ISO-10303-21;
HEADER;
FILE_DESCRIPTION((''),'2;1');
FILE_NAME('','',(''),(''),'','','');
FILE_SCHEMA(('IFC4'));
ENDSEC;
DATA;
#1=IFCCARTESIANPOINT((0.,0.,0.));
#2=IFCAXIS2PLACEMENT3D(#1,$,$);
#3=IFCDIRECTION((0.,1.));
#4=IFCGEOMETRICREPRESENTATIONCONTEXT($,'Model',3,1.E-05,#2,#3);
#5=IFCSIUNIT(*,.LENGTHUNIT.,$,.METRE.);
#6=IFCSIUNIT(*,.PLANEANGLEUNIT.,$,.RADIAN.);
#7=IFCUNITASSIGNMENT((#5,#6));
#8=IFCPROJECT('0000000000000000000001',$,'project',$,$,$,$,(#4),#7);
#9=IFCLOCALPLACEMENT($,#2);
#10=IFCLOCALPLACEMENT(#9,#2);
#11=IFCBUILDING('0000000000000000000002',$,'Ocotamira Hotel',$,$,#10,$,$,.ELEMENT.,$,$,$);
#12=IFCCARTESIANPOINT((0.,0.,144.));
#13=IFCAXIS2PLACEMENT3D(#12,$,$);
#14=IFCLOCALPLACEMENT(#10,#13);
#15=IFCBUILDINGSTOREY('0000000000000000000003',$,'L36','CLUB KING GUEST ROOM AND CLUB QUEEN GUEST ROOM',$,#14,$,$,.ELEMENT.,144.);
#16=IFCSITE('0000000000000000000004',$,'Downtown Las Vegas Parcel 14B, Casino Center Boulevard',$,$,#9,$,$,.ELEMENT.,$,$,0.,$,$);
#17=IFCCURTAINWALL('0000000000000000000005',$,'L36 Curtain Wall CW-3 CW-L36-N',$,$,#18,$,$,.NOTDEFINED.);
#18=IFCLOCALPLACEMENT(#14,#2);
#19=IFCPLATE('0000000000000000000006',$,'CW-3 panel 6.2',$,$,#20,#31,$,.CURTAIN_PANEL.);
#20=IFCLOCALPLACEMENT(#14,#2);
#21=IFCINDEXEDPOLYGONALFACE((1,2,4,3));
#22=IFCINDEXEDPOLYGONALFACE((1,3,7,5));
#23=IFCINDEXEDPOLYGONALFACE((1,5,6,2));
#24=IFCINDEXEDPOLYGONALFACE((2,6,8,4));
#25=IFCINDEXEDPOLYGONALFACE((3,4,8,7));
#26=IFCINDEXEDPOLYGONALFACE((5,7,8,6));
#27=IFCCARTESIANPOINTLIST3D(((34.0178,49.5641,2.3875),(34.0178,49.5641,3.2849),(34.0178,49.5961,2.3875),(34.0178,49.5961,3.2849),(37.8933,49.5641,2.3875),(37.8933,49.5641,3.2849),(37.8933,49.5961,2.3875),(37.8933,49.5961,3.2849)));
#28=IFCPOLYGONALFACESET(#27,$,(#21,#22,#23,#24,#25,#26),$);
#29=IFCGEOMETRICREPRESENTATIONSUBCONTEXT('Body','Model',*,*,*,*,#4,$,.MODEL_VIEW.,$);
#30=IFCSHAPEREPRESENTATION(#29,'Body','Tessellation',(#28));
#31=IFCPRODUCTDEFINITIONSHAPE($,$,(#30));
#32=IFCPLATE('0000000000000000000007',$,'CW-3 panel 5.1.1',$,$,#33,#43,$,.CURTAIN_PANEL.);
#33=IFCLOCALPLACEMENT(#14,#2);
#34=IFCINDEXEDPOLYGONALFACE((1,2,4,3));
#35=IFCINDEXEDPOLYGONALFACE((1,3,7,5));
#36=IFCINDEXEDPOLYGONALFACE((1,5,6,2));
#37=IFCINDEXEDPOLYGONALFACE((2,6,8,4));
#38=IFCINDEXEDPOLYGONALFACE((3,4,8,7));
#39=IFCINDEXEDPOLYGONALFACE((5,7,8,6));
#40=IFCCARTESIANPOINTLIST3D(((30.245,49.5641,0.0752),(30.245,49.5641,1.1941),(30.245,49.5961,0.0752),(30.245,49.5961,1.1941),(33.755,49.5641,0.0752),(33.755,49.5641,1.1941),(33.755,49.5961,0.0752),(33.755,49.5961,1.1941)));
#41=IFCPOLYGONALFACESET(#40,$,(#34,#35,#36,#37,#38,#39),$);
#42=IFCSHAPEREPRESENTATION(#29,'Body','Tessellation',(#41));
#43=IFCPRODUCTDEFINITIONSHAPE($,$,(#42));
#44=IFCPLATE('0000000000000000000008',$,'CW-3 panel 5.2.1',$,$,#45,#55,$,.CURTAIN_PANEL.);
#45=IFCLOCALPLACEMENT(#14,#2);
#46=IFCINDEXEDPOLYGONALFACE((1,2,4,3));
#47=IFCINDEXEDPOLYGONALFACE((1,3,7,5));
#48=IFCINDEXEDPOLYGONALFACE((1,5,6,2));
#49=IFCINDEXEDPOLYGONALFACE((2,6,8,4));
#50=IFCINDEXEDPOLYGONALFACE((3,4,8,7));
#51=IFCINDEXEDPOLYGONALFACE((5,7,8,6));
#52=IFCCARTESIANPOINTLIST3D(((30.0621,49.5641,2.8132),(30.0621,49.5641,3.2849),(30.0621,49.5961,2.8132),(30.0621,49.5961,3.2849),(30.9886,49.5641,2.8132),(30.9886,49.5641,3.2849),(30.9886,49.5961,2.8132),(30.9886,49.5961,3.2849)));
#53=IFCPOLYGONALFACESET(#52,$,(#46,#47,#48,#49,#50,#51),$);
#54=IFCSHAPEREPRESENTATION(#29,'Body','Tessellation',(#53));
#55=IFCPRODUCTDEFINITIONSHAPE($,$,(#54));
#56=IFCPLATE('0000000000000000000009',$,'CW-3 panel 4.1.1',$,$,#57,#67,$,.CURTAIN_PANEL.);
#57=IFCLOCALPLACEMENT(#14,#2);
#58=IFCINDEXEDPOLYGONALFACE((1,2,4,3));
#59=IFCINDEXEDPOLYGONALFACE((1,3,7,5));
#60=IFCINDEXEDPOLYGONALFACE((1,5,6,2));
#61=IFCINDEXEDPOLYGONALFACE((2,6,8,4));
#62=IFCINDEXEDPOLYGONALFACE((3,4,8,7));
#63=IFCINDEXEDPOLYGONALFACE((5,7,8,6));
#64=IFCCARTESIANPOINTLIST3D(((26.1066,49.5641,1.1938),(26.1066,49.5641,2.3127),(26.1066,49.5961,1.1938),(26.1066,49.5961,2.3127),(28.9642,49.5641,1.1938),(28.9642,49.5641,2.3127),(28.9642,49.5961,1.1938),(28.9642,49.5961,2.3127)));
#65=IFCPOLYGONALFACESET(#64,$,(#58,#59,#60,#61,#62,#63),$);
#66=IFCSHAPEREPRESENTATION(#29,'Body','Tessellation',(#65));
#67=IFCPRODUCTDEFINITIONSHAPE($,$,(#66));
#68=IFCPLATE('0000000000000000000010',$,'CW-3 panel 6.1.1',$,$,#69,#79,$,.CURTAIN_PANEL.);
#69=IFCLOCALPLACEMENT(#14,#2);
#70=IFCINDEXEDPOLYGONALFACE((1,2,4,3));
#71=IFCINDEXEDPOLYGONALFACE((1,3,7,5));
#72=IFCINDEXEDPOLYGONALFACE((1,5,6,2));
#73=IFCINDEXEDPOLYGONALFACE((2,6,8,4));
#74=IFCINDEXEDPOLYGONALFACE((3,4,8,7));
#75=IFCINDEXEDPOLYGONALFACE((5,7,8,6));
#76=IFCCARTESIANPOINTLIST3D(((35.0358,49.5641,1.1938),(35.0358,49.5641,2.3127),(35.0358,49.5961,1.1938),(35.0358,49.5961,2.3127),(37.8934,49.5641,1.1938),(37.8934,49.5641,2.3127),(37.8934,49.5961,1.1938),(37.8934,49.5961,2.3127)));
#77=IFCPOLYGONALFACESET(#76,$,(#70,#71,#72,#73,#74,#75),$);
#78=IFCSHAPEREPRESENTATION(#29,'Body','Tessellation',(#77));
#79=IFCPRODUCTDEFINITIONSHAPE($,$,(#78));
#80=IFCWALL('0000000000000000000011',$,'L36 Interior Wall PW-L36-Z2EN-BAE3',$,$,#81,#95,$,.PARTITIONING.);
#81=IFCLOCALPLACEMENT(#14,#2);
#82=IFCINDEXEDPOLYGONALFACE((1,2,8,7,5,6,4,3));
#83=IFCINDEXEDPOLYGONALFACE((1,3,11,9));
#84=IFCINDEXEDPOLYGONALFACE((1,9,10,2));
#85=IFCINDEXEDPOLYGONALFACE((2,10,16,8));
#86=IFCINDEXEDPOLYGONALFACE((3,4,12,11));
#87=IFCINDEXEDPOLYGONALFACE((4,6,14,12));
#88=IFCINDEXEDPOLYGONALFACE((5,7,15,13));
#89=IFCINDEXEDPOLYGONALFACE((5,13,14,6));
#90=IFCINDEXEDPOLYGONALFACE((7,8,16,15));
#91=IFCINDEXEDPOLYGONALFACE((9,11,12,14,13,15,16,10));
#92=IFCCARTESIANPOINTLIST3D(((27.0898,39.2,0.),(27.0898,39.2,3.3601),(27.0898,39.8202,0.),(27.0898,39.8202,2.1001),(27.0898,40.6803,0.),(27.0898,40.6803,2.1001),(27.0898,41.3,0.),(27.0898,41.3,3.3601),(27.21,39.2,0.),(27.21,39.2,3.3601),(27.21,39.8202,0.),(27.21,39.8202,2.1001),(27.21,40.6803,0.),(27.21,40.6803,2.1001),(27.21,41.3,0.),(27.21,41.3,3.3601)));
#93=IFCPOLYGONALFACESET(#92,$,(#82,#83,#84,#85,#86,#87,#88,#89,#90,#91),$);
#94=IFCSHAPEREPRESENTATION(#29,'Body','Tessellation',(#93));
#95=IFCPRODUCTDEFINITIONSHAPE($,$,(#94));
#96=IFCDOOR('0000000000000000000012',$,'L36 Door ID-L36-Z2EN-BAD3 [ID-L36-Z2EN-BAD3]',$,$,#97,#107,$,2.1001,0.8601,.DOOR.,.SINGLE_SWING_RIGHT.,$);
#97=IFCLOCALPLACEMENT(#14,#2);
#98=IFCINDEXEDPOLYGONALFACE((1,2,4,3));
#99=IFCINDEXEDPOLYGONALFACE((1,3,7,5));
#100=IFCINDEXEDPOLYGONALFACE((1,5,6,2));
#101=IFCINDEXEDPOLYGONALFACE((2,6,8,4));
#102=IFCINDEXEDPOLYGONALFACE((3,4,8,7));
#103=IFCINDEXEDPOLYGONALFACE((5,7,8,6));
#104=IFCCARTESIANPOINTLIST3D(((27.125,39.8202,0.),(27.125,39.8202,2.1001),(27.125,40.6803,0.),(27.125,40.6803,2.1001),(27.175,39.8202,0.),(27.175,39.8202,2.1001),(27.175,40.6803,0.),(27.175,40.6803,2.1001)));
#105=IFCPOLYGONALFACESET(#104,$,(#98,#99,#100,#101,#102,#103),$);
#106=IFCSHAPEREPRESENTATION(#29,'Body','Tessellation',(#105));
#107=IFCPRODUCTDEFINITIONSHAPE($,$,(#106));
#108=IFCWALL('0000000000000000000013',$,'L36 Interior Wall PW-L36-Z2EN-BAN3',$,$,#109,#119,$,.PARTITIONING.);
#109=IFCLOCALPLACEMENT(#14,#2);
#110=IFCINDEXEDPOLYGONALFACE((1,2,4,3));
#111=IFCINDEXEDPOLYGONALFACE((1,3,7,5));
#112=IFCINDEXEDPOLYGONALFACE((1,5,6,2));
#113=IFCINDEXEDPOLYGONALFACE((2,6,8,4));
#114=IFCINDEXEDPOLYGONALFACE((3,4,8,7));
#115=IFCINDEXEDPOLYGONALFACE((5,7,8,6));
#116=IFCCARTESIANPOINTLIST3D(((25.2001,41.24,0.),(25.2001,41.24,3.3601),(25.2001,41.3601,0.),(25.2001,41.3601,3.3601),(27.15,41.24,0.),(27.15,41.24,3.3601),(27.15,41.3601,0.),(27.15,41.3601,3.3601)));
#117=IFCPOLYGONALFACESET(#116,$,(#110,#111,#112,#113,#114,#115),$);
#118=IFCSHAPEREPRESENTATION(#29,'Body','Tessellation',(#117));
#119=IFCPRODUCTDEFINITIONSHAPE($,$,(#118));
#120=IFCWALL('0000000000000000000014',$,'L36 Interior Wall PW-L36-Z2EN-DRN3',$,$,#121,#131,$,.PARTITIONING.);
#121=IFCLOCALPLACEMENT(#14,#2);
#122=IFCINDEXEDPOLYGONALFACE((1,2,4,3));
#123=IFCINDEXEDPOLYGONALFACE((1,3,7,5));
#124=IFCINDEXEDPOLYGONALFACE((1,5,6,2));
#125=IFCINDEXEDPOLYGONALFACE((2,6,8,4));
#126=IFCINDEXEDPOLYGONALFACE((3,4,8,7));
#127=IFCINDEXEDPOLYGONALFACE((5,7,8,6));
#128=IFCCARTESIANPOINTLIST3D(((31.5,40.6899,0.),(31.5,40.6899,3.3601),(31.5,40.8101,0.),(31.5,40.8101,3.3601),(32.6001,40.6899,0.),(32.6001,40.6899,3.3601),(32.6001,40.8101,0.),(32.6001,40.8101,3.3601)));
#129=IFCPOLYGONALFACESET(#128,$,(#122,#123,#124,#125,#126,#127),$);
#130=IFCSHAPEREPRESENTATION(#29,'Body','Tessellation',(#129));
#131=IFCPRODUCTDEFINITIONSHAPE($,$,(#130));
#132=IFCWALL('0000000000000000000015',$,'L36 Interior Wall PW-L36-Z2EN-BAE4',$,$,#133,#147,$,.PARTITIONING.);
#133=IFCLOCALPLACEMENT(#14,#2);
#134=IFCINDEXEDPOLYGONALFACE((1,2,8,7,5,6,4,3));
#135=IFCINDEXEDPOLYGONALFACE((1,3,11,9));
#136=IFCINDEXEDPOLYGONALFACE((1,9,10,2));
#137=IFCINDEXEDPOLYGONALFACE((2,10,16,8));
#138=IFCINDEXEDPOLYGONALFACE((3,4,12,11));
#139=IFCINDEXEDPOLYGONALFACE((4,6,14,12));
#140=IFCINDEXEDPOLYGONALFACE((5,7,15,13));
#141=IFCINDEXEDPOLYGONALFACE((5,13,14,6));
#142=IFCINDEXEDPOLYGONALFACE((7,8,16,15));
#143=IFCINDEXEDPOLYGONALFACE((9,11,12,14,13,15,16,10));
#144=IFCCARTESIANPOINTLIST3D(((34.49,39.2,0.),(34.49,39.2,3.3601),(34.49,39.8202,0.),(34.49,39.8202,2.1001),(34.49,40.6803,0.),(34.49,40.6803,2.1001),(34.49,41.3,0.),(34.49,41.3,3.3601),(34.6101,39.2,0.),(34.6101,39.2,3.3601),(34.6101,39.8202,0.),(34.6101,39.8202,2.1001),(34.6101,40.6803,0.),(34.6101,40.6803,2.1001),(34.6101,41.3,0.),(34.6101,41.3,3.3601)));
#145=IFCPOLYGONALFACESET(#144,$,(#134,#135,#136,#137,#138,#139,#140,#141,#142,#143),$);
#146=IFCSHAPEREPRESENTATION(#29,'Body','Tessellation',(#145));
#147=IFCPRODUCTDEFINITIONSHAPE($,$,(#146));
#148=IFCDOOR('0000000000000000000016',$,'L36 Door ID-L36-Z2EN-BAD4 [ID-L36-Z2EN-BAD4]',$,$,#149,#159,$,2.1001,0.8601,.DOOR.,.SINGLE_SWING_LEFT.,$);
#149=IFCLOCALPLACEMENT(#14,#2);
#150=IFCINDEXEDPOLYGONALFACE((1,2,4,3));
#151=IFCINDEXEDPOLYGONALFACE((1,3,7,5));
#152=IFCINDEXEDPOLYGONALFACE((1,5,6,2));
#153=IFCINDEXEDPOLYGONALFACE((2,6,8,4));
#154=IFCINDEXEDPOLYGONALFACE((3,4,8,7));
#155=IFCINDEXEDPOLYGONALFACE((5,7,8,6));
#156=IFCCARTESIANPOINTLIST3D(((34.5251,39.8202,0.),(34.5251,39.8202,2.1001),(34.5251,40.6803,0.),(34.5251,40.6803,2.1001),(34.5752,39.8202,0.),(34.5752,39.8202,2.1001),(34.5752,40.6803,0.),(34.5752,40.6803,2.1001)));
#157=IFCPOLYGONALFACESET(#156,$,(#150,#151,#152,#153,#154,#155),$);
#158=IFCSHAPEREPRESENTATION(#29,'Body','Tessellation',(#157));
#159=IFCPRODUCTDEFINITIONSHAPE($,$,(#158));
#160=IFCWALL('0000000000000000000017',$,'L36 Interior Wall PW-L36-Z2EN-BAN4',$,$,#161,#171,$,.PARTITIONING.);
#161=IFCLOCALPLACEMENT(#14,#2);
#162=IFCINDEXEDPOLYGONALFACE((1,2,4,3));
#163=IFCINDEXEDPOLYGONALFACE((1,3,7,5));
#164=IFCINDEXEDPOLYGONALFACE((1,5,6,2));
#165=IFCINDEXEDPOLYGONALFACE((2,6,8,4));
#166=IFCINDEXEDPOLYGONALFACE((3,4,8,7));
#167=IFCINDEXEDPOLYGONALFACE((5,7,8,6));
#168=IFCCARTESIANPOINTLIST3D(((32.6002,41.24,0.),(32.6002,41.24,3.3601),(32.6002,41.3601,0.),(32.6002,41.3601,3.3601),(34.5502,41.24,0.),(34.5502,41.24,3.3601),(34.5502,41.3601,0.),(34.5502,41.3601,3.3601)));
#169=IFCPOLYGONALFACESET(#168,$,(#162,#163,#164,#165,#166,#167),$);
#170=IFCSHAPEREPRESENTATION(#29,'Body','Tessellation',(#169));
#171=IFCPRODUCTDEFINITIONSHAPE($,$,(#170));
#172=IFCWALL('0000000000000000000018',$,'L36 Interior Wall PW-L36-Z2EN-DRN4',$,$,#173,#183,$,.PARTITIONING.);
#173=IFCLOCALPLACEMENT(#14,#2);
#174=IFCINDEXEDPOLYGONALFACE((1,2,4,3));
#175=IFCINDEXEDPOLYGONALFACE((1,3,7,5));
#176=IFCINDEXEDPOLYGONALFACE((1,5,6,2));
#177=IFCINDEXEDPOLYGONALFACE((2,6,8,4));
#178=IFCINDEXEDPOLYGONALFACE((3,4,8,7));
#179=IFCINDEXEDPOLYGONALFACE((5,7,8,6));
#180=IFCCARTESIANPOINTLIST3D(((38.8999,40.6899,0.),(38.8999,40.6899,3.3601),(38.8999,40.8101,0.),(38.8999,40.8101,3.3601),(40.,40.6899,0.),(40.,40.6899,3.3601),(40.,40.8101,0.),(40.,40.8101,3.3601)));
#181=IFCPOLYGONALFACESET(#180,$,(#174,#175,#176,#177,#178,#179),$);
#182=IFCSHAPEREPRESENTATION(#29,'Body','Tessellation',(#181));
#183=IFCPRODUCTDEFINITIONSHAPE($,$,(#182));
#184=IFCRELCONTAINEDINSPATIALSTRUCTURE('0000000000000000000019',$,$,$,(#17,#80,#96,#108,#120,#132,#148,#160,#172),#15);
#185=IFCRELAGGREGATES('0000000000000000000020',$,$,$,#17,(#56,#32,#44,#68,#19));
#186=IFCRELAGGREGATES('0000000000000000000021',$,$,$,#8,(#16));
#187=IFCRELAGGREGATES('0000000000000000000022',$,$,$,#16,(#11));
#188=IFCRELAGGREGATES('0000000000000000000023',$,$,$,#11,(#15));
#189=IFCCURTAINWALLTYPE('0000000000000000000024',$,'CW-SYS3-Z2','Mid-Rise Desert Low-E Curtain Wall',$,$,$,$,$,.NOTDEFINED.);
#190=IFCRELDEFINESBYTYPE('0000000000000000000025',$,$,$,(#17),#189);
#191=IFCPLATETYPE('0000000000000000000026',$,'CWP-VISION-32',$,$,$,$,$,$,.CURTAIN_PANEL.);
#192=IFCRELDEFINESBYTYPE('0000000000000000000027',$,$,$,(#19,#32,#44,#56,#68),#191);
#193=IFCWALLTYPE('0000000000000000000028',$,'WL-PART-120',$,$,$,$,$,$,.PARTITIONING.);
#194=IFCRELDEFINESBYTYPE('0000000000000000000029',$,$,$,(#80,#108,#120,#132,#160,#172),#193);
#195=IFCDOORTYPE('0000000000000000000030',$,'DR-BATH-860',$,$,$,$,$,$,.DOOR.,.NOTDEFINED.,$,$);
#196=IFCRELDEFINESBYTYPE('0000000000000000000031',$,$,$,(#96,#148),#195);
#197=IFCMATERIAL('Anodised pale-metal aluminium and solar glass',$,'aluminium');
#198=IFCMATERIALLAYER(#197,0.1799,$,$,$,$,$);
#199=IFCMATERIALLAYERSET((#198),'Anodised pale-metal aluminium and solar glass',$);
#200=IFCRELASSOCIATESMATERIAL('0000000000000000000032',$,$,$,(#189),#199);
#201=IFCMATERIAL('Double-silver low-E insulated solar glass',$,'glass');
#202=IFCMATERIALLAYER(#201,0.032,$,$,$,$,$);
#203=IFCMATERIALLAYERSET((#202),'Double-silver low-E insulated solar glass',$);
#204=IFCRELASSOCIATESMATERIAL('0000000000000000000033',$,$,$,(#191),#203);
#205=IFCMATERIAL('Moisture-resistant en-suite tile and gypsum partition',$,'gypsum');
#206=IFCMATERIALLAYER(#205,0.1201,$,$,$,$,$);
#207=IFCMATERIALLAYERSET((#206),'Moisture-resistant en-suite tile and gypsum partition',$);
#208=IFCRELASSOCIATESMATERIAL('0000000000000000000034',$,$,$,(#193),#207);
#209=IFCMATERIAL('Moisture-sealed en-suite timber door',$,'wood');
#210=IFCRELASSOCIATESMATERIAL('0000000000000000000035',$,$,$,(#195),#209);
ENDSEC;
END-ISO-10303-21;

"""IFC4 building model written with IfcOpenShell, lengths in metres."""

from ifc_helpers import new_model, si_unit, direction, frame, frame_2d, origin, origin_2d, place, context, subcontext, project, spatial, rectangle, extrude, source, transform, mapped, material, layer, layer_set, type_object, element, fill, aggregate, save


model = new_model("IFC4")

# Units and contexts
model_context = context("Model", 3, precision=1e-05, world=origin(), true_north=direction((0.0, 1.0)))
body_context = subcontext(model_context, "Body", "Model", "MODEL_VIEW")
ifc_project = project(units=[si_unit("LENGTHUNIT", "METRE"), si_unit("PLANEANGLEUNIT", "RADIAN")], contexts=[model_context])

# Site, building, storey
site_placement = place(None, origin())
site = spatial("IfcSite", under=ifc_project, at=site_placement, Name="Downtown Las Vegas Parcel 14B, Casino Center Boulevard", CompositionType="ELEMENT", RefElevation=0.0)
building_placement = place(site_placement, origin())
building = spatial("IfcBuilding", under=site, at=building_placement, Name="Ocotamira Hotel", CompositionType="ELEMENT")
storey_placement = place(building_placement, frame((0.0, 0.0, 144.0)))
storey = spatial("IfcBuildingStorey", under=building, at=storey_placement, Name="L36", Description="CLUB KING GUEST ROOM AND CLUB QUEEN GUEST ROOM", CompositionType="ELEMENT", Elevation=144.0)

# Curtain wall
ifc_material_1 = material(Name="Anodised pale-metal aluminium and solar glass", Category="aluminium")
ifc_layer_1 = layer(ifc_material_1, 0.1799)
ifc_layer_set_1 = layer_set([ifc_layer_1], Name="Anodised pale-metal aluminium and solar glass")
curtain_wall_type = type_object("IfcCurtainWallType", Name="CW-SYS3-Z2", Description="Mid-Rise Desert Low-E Curtain Wall", PredefinedType="NOTDEFINED", material=ifc_layer_set_1)
curtain_wall_placement = place(storey_placement, origin())
curtain_wall = element("IfcCurtainWall", 1, at=curtain_wall_placement, inside=storey, type_object=curtain_wall_type, Name="L36 Curtain Wall CW-3 CW-L36-N", PredefinedType="NOTDEFINED")

# Plates
ifc_material_2 = material(Name="Double-silver low-E insulated solar glass", Category="glass")
ifc_layer_2 = layer(ifc_material_2, 0.032)
ifc_layer_set_2 = layer_set([ifc_layer_2], Name="Double-silver low-E insulated solar glass")
plate_type_1 = type_object("IfcPlateType", Name="CWP-VISION-32", PredefinedType="CURTAIN_PANEL", material=ifc_layer_set_2)
shared_shape_1 = source(origin(), body_context, "Body", "SweptSolid", [
    extrude(rectangle(XDim=3.8755, YDim=0.032, at=origin_2d()), origin(), (0.0, 0.0, 1.0), 0.8975),
])
plate_1_placement = place(storey_placement, frame((35.9556, 49.5801, 2.3875), z_axis=(0.0, 0.0, 1.0), x_axis=(1.0, 0.0, 0.0)))
plate_1 = element("IfcPlate", 2, at=plate_1_placement, type_object=plate_type_1, Name="CW-3 panel 6.2", PredefinedType="CURTAIN_PANEL", context=body_context, shape_type="MappedRepresentation", body=[
    mapped(shared_shape_1, transform((0.0, 0.0, 0.0), scale=1.0)),
])
shared_shape_2 = source(origin(), body_context, "Body", "SweptSolid", [
    extrude(rectangle(XDim=3.51, YDim=0.032, at=origin_2d()), origin(), (0.0, 0.0, 1.0), 1.1189),
])
plate_2_placement = place(storey_placement, frame((32.0, 49.5801, 0.0752), z_axis=(0.0, 0.0, 1.0), x_axis=(1.0, 0.0, 0.0)))
plate_2 = element("IfcPlate", 3, at=plate_2_placement, type_object=plate_type_1, Name="CW-3 panel 5.1.1", PredefinedType="CURTAIN_PANEL", context=body_context, shape_type="MappedRepresentation", body=[
    mapped(shared_shape_2, transform((0.0, 0.0, 0.0), scale=1.0)),
])
shared_shape_3 = source(origin(), body_context, "Body", "SweptSolid", [
    extrude(rectangle(XDim=0.9265, YDim=0.032, at=origin_2d()), origin(), (0.0, 0.0, 1.0), 0.4717),
])
plate_3_placement = place(storey_placement, frame((30.5254, 49.5801, 2.8132), z_axis=(0.0, 0.0, 1.0), x_axis=(1.0, 0.0, 0.0)))
plate_3 = element("IfcPlate", 4, at=plate_3_placement, type_object=plate_type_1, Name="CW-3 panel 5.2.1", PredefinedType="CURTAIN_PANEL", context=body_context, shape_type="MappedRepresentation", body=[
    mapped(shared_shape_3, transform((0.0, 0.0, 0.0), scale=1.0)),
])
shared_shape_4 = source(origin(), body_context, "Body", "SweptSolid", [
    extrude(rectangle(XDim=2.8577, YDim=0.032, at=origin_2d()), origin(), (0.0, 0.0, 1.0), 1.1189),
])
plate_4_placement = place(storey_placement, frame((27.5354, 49.5801, 1.1938), z_axis=(0.0, 0.0, 1.0), x_axis=(1.0, 0.0, 0.0)))
plate_4 = element("IfcPlate", 5, at=plate_4_placement, type_object=plate_type_1, Name="CW-3 panel 4.1.1", PredefinedType="CURTAIN_PANEL", context=body_context, shape_type="MappedRepresentation", body=[
    mapped(shared_shape_4, transform((0.0, 0.0, 0.0), scale=1.0)),
])
plate_5_placement = place(storey_placement, frame((36.4646, 49.5801, 1.1938), z_axis=(0.0, 0.0, 1.0), x_axis=(1.0, 0.0, 0.0)))
plate_5 = element("IfcPlate", 6, at=plate_5_placement, type_object=plate_type_1, Name="CW-3 panel 6.1.1", PredefinedType="CURTAIN_PANEL", context=body_context, shape_type="MappedRepresentation", body=[
    mapped(shared_shape_4, transform((0.0, 0.0, 0.0), scale=1.0)),
])
aggregate(curtain_wall, [plate_4, plate_2, plate_3, plate_5, plate_1])

# Wall, opening, door
ifc_material_3 = material(Name="Moisture-resistant en-suite tile and gypsum partition", Category="gypsum")
ifc_layer_3 = layer(ifc_material_3, 0.1201)
ifc_layer_set_3 = layer_set([ifc_layer_3], Name="Moisture-resistant en-suite tile and gypsum partition")
wall_type_1 = type_object("IfcWallType", Name="WL-PART-120", PredefinedType="PARTITIONING", material=ifc_layer_set_3)
wall_1_placement = place(storey_placement, frame((27.1499, 39.2, 0.0), z_axis=(0.0, 0.0, 1.0), x_axis=(0.0, 1.0, 0.0)))
wall_1 = element("IfcWall", 7, at=wall_1_placement, inside=storey, type_object=wall_type_1, Name="L36 Interior Wall PW-L36-Z2EN-BAE3", PredefinedType="PARTITIONING", context=body_context, shape_type="SweptSolid", body=[
    extrude(rectangle(XDim=2.1001, YDim=0.1201, at=frame_2d((1.05, 0.0))), origin(), (0.0, 0.0, 1.0), 3.3601),
])
opening_1_placement = place(wall_1_placement, frame((0.6201, 0.0, 0.0)))
opening_1 = element("IfcOpeningElement", 8, at=opening_1_placement, cuts=wall_1, PredefinedType="OPENING", context=body_context, shape_type="SweptSolid", body=[
    extrude(rectangle(XDim=0.8601, YDim=2.1001, at=frame_2d((0.4302, 1.05))), frame((0.0, 0.0701, 0.0), z_axis=(0.0, -1.0, 0.0), x_axis=(1.0, 0.0, 0.0)), (0.0, 0.0, 1.0), 0.1401),
])
ifc_material_4 = material(Name="Moisture-sealed en-suite timber door", Category="wood")
door_type = type_object("IfcDoorType", Name="DR-BATH-860", OperationType="NOTDEFINED", PredefinedType="DOOR", material=ifc_material_4)
shared_shape_5 = source(origin(), body_context, "Body", "SweptSolid", [
    extrude(rectangle(XDim=0.8601, YDim=2.1001, at=frame_2d((0.4302, 1.05))), frame((0.0, 0.0249, 0.0), z_axis=(0.0, -1.0, 0.0), x_axis=(1.0, 0.0, 0.0)), (0.0, 0.0, 1.0), 0.05),
])
door_1_placement = place(opening_1_placement, origin())
door_1 = element("IfcDoor", 9, at=door_1_placement, inside=storey, type_object=door_type, Name="L36 Door ID-L36-Z2EN-BAD3 [ID-L36-Z2EN-BAD3]", OperationType="SINGLE_SWING_RIGHT", OverallHeight=2.1001, OverallWidth=0.8601, PredefinedType="DOOR", context=body_context, shape_type="MappedRepresentation", body=[
    mapped(shared_shape_5, transform((0.0, 0.0, 0.0), scale=1.0)),
])
fill(opening_1, door_1)

# Walls
wall_2_placement = place(storey_placement, frame((25.2, 41.3, 0.0), z_axis=(0.0, 0.0, 1.0), x_axis=(1.0, 0.0, 0.0)))
element("IfcWall", 10, at=wall_2_placement, inside=storey, type_object=wall_type_1, Name="L36 Interior Wall PW-L36-Z2EN-BAN3", PredefinedType="PARTITIONING", context=body_context, shape_type="SweptSolid", body=[
    extrude(rectangle(XDim=1.95, YDim=0.1201, at=frame_2d((0.9751, 0.0))), origin(), (0.0, 0.0, 1.0), 3.3601),
])
wall_3_placement = place(storey_placement, frame((31.5, 40.75, 0.0), z_axis=(0.0, 0.0, 1.0), x_axis=(1.0, 0.0, 0.0)))
element("IfcWall", 11, at=wall_3_placement, inside=storey, type_object=wall_type_1, Name="L36 Interior Wall PW-L36-Z2EN-DRN3", PredefinedType="PARTITIONING", context=body_context, shape_type="SweptSolid", body=[
    extrude(rectangle(XDim=1.1001, YDim=0.1201, at=frame_2d((0.55, 0.0))), origin(), (0.0, 0.0, 1.0), 3.3601),
])

# Wall, opening, door
wall_4_placement = place(storey_placement, frame((34.55, 39.2, 0.0), z_axis=(0.0, 0.0, 1.0), x_axis=(0.0, 1.0, 0.0)))
wall_4 = element("IfcWall", 12, at=wall_4_placement, inside=storey, type_object=wall_type_1, Name="L36 Interior Wall PW-L36-Z2EN-BAE4", PredefinedType="PARTITIONING", context=body_context, shape_type="SweptSolid", body=[
    extrude(rectangle(XDim=2.1001, YDim=0.1201, at=frame_2d((1.05, 0.0))), origin(), (0.0, 0.0, 1.0), 3.3601),
])
opening_2_placement = place(wall_4_placement, frame((0.6201, 0.0, 0.0)))
opening_2 = element("IfcOpeningElement", 13, at=opening_2_placement, cuts=wall_4, PredefinedType="OPENING", context=body_context, shape_type="SweptSolid", body=[
    extrude(rectangle(XDim=0.8601, YDim=2.1001, at=frame_2d((0.4302, 1.05))), frame((0.0, 0.0701, 0.0), z_axis=(0.0, -1.0, 0.0), x_axis=(1.0, 0.0, 0.0)), (0.0, 0.0, 1.0), 0.1401),
])
door_2_placement = place(opening_2_placement, origin())
door_2 = element("IfcDoor", 14, at=door_2_placement, inside=storey, type_object=door_type, Name="L36 Door ID-L36-Z2EN-BAD4 [ID-L36-Z2EN-BAD4]", OperationType="SINGLE_SWING_LEFT", OverallHeight=2.1001, OverallWidth=0.8601, PredefinedType="DOOR", context=body_context, shape_type="MappedRepresentation", body=[
    mapped(shared_shape_5, transform((0.0, 0.0, 0.0), scale=1.0)),
])
fill(opening_2, door_2)

# Walls
wall_5_placement = place(storey_placement, frame((32.6001, 41.3, 0.0), z_axis=(0.0, 0.0, 1.0), x_axis=(1.0, 0.0, 0.0)))
element("IfcWall", 15, at=wall_5_placement, inside=storey, type_object=wall_type_1, Name="L36 Interior Wall PW-L36-Z2EN-BAN4", PredefinedType="PARTITIONING", context=body_context, shape_type="SweptSolid", body=[
    extrude(rectangle(XDim=1.95, YDim=0.1201, at=frame_2d((0.9751, 0.0))), origin(), (0.0, 0.0, 1.0), 3.3601),
])
wall_6_placement = place(storey_placement, frame((38.8999, 40.75, 0.0), z_axis=(0.0, 0.0, 1.0), x_axis=(1.0, 0.0, 0.0)))
element("IfcWall", 16, at=wall_6_placement, inside=storey, type_object=wall_type_1, Name="L36 Interior Wall PW-L36-Z2EN-DRN4", PredefinedType="PARTITIONING", context=body_context, shape_type="SweptSolid", body=[
    extrude(rectangle(XDim=1.1001, YDim=0.1201, at=frame_2d((0.55, 0.0))), origin(), (0.0, 0.0, 1.0), 3.3601),
])

save(model, "model.ifc")
